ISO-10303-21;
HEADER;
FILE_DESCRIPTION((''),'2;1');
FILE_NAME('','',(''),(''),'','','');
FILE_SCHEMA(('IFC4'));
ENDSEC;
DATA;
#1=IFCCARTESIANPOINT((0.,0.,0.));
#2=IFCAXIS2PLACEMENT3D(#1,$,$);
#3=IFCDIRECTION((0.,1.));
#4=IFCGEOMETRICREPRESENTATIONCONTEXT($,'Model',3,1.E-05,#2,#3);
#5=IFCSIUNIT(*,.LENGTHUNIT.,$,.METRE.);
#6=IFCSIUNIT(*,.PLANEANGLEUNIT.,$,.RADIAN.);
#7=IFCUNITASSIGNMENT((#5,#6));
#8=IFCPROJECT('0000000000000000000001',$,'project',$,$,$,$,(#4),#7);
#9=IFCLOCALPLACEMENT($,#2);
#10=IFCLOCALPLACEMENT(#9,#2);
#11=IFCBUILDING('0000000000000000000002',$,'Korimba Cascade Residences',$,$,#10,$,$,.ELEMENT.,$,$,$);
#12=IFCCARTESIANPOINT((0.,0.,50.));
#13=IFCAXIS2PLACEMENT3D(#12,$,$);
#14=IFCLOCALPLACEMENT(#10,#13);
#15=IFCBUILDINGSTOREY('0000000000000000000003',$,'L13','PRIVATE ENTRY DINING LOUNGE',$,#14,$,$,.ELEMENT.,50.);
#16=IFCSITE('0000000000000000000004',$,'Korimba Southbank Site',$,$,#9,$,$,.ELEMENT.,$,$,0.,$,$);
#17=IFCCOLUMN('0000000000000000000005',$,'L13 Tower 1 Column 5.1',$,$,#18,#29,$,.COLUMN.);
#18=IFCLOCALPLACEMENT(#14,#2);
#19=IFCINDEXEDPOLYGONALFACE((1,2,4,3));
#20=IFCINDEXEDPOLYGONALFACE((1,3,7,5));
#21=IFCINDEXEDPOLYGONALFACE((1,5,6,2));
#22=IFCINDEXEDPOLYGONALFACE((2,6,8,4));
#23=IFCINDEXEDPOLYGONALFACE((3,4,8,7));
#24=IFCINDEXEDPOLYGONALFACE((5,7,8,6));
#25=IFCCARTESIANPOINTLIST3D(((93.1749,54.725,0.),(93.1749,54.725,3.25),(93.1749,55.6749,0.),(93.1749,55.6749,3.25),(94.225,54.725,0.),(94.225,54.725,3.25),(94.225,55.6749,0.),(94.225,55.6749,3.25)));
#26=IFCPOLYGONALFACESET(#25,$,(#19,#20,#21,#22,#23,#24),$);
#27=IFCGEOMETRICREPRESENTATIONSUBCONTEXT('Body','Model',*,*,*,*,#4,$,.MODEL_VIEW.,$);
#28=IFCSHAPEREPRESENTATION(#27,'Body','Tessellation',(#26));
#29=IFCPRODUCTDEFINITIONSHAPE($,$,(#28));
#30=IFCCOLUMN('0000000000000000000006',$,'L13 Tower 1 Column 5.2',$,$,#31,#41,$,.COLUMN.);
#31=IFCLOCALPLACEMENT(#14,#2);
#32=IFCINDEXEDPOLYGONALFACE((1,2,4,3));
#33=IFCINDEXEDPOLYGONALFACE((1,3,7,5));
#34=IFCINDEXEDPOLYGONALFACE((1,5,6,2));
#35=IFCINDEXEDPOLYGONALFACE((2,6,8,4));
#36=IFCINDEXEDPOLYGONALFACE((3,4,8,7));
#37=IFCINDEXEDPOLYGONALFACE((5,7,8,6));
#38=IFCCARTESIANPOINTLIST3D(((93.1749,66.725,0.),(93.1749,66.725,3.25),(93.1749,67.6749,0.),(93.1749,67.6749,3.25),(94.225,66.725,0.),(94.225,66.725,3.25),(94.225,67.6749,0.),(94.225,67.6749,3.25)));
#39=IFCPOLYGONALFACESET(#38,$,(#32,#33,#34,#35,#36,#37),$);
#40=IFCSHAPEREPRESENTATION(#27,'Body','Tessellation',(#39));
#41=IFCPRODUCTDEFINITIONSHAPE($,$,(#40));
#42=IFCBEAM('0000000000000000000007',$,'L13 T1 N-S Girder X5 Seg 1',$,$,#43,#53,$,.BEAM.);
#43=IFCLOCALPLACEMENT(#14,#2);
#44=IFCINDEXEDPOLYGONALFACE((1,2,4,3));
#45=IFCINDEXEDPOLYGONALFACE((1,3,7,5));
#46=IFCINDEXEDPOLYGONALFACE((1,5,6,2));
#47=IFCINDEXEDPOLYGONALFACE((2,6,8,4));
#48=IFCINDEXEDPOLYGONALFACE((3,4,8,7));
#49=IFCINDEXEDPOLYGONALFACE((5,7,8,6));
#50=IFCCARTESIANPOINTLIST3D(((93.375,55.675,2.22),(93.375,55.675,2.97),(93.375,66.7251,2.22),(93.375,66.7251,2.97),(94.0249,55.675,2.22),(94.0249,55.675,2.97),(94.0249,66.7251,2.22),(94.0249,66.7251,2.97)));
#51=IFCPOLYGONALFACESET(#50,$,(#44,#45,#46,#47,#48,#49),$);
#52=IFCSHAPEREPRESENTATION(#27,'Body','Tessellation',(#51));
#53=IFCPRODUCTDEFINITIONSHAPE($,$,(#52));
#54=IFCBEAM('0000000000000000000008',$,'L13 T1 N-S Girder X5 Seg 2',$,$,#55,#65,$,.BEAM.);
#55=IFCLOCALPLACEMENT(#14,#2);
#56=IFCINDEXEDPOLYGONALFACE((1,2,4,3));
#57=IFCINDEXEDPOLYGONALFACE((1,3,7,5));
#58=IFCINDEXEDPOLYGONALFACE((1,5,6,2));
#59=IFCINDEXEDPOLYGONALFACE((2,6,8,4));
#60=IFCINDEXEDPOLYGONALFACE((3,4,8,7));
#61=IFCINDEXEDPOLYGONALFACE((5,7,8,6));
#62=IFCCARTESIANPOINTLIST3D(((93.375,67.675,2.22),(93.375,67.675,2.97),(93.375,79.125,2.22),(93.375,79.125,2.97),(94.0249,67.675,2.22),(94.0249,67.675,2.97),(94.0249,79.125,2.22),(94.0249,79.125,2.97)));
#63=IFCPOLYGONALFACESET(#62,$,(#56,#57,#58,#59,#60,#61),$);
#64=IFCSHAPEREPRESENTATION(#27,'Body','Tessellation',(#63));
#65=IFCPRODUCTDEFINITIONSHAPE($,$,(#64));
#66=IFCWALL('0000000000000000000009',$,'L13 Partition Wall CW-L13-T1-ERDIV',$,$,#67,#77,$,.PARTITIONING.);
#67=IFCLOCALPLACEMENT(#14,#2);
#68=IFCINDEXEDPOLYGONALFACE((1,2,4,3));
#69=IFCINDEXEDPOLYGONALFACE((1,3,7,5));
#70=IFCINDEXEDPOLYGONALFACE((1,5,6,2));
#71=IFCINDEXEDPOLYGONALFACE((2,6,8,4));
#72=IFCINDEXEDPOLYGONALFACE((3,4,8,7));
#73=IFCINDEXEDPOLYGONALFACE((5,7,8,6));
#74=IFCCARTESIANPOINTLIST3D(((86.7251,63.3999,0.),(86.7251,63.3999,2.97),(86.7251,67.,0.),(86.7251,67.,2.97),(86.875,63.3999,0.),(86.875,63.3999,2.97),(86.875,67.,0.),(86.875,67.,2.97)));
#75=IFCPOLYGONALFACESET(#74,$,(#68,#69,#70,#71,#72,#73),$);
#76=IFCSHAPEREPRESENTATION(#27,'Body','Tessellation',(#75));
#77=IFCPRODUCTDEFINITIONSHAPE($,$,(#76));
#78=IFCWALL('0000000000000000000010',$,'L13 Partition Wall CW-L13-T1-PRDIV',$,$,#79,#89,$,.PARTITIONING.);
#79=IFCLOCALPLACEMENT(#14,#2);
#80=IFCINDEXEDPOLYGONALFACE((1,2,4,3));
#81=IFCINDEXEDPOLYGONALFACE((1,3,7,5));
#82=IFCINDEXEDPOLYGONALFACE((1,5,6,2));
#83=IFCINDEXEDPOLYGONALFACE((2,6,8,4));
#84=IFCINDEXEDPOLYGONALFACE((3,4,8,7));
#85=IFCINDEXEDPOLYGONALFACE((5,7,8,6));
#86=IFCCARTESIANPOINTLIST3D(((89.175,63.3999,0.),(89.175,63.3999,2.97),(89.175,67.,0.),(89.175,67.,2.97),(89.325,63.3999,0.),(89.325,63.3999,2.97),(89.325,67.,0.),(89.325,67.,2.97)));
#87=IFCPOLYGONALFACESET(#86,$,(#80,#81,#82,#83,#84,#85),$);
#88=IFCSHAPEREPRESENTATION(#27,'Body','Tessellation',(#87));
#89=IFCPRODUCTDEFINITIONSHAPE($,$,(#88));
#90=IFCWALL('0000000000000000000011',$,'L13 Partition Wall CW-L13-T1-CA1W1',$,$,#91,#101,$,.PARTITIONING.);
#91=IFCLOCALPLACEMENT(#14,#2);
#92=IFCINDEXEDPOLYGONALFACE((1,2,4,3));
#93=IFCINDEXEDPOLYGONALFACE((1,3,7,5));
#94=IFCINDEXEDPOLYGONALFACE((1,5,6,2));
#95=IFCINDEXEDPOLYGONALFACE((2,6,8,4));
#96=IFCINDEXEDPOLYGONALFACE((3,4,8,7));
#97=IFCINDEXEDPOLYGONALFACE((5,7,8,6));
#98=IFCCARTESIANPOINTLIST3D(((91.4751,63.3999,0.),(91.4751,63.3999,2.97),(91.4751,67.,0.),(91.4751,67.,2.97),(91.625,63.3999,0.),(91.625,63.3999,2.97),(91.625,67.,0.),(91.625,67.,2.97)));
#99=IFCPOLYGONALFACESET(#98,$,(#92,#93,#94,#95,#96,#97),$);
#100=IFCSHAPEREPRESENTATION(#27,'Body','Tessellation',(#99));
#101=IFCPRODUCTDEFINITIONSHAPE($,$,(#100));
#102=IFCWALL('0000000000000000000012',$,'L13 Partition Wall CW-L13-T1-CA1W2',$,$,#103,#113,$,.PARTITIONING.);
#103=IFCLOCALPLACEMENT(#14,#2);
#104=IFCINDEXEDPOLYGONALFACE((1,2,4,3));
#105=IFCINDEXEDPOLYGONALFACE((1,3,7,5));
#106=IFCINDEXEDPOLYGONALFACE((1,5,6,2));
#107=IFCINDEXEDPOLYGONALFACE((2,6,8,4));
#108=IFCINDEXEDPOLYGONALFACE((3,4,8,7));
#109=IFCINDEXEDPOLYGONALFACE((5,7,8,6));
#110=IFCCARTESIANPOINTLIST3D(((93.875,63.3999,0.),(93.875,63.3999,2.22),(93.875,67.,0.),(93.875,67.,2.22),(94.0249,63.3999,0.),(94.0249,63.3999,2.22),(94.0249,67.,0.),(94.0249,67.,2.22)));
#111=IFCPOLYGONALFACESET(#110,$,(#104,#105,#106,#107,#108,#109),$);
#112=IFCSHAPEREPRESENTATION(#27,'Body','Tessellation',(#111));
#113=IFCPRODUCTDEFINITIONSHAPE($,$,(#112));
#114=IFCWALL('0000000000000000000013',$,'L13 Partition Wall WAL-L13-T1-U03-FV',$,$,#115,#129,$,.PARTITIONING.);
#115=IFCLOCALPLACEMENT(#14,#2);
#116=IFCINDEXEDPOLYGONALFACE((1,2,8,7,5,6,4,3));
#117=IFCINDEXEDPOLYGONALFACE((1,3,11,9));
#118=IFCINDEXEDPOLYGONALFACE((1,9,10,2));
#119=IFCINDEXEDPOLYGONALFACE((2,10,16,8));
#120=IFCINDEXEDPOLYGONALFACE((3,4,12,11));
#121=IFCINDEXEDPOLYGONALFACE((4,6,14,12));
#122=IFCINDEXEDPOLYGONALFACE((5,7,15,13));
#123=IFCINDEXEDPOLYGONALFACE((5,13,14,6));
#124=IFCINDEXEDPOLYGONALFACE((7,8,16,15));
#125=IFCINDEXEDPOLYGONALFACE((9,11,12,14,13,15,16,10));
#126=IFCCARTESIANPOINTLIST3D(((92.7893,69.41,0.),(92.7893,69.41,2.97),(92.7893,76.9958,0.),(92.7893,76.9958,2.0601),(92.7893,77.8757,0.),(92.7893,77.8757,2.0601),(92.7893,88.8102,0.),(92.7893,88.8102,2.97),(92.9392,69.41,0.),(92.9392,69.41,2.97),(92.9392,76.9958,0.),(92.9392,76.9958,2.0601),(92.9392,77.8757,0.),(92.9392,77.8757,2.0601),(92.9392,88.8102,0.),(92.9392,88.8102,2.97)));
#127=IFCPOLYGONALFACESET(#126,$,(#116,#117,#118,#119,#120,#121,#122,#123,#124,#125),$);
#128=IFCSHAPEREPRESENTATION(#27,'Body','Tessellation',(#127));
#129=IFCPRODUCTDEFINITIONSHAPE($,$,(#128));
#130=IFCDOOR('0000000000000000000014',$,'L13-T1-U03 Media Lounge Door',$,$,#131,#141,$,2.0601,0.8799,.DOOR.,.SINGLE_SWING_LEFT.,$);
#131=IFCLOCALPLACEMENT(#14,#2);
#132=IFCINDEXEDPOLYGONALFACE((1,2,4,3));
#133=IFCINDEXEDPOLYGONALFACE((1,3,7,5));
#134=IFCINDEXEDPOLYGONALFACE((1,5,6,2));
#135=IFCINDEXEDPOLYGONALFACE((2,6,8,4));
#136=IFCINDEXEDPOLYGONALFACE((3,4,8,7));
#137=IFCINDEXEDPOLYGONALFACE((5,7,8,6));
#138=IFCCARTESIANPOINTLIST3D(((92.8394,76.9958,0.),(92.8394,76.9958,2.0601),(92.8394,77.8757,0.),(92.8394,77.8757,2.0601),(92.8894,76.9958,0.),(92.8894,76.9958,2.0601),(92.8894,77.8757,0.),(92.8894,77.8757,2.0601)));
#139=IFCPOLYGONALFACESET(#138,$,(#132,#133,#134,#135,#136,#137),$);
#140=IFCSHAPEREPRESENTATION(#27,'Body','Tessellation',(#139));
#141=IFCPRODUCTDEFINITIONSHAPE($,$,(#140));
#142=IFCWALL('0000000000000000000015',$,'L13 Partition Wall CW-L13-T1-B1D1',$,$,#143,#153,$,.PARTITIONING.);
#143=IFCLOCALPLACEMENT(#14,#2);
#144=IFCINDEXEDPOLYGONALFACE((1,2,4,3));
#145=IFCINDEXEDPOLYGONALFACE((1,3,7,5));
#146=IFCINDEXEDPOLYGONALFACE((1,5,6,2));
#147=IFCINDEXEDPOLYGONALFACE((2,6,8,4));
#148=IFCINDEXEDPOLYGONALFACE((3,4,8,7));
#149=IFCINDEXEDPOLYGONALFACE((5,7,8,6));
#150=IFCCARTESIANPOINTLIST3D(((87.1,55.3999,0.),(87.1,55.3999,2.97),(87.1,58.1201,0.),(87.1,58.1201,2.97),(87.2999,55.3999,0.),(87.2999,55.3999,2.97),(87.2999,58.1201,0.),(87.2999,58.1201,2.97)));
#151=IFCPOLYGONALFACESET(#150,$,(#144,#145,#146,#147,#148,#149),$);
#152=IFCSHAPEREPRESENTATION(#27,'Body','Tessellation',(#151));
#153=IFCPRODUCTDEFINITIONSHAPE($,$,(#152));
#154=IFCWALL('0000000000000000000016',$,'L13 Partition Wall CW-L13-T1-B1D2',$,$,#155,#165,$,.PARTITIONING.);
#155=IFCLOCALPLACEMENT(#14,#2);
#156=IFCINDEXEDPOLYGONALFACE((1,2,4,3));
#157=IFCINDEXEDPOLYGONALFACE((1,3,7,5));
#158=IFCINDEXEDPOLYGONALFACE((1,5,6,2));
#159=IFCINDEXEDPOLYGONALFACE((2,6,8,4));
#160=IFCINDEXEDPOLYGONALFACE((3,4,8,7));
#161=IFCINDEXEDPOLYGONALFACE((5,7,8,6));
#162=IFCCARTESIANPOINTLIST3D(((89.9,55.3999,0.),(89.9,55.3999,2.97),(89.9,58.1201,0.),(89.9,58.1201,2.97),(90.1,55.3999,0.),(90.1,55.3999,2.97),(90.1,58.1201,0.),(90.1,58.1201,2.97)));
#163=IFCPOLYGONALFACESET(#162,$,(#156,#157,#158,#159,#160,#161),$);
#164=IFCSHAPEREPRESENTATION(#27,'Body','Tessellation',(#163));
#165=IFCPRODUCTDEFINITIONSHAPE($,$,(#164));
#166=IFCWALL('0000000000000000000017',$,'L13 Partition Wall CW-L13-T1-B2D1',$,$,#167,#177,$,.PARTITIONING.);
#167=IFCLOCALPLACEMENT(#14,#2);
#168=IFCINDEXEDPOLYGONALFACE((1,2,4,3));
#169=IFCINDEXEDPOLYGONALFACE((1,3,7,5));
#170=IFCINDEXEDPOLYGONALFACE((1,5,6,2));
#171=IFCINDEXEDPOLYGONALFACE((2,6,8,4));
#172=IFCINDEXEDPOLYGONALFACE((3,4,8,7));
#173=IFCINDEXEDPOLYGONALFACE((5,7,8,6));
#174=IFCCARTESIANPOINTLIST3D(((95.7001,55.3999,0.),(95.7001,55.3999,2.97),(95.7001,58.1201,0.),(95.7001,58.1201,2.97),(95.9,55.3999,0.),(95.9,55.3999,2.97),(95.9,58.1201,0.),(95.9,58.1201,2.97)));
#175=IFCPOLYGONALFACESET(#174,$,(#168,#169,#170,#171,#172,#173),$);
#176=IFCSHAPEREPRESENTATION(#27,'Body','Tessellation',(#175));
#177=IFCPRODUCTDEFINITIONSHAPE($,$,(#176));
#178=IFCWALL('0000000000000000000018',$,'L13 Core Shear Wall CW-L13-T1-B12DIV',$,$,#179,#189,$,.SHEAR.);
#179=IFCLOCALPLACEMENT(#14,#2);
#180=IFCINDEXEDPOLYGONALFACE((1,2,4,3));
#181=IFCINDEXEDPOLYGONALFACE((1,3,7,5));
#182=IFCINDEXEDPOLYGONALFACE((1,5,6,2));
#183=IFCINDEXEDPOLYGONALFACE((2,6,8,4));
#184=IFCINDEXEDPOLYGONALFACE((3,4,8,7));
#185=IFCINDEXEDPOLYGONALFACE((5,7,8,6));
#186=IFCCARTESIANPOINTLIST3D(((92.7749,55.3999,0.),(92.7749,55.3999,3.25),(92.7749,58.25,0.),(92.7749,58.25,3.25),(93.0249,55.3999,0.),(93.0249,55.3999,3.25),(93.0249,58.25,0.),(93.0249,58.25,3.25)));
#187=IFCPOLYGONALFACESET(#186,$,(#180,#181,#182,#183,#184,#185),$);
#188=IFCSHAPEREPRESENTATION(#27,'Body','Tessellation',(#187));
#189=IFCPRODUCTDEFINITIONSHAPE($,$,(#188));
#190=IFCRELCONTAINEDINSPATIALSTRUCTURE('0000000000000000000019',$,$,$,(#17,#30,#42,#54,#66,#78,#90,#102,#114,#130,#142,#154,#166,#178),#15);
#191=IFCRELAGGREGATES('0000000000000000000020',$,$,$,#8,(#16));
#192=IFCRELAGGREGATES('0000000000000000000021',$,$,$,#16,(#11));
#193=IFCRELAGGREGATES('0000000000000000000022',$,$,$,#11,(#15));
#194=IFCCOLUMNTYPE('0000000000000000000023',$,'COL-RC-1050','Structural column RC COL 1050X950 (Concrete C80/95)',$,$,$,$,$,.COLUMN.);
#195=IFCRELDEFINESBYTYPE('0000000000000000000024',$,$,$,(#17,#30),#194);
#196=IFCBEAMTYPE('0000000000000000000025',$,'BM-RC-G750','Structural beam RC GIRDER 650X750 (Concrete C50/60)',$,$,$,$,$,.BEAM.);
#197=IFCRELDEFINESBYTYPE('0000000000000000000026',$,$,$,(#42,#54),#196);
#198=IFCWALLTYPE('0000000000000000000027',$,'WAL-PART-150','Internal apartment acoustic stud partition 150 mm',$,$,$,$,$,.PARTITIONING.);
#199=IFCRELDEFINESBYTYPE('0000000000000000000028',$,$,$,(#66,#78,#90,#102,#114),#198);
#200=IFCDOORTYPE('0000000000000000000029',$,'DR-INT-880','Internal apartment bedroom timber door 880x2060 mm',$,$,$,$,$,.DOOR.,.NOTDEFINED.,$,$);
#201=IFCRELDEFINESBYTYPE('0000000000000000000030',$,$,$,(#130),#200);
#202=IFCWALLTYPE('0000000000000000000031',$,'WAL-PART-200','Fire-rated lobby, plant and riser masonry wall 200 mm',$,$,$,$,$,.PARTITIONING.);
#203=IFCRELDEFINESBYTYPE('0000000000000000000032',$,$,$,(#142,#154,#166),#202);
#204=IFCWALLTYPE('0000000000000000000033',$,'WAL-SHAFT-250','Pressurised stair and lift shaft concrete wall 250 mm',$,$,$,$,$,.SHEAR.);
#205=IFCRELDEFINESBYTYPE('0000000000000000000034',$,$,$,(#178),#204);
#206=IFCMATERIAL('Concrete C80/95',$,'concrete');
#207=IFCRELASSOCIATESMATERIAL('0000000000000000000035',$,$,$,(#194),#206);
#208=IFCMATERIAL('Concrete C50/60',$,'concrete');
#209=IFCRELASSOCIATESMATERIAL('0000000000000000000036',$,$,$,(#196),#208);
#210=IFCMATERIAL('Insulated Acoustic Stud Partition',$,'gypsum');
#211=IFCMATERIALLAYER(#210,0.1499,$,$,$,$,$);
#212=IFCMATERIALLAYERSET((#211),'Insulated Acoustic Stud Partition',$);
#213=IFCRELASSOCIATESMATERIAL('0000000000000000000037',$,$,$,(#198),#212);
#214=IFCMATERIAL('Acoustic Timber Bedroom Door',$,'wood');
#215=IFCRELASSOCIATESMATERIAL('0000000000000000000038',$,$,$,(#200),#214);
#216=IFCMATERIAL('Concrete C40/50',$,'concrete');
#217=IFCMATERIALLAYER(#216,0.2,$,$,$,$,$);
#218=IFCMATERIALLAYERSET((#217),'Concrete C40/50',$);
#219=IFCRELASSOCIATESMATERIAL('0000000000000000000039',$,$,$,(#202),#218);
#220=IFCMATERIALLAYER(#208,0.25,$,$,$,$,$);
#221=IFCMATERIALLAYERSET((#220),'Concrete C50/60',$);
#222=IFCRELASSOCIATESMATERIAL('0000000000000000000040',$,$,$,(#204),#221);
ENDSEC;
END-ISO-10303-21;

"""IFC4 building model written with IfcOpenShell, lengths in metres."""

from ifc_helpers import new_model, si_unit, direction, frame, frame_2d, origin, origin_2d, place, context, subcontext, project, spatial, rectangle, extrude, material, layer, layer_set, material_profile, profile_set, type_object, element, fill, save


model = new_model("IFC4")

# Units and contexts
model_context = context("Model", 3, precision=1e-05, world=origin(), true_north=direction((0.0, 1.0)))
body_context = subcontext(model_context, "Body", "Model", "MODEL_VIEW")
ifc_project = project(units=[si_unit("LENGTHUNIT", "METRE"), si_unit("PLANEANGLEUNIT", "RADIAN")], contexts=[model_context])

# Site, building, storey
site_placement = place(None, origin())
site = spatial("IfcSite", under=ifc_project, at=site_placement, Name="Korimba Southbank Site", CompositionType="ELEMENT", RefElevation=0.0)
building_placement = place(site_placement, origin())
building = spatial("IfcBuilding", under=site, at=building_placement, Name="Korimba Cascade Residences", CompositionType="ELEMENT")
storey_placement = place(building_placement, frame((0.0, 0.0, 50.0)))
storey = spatial("IfcBuildingStorey", under=building, at=storey_placement, Name="L13", Description="PRIVATE ENTRY DINING LOUNGE", CompositionType="ELEMENT", Elevation=50.0)

# Columns
ifc_material_1 = material(Name="Concrete C80/95", Category="concrete")
ifc_material_profile_1 = material_profile(ifc_material_1, rectangle(XDim=1.05, YDim=0.95, at=origin_2d()), Name="Concrete C80/95")
ifc_profile_set_1 = profile_set([ifc_material_profile_1], Name="Concrete C80/95")
column_type = type_object("IfcColumnType", Name="COL-RC-1050", Description="Structural column RC COL 1050X950 (Concrete C80/95)", PredefinedType="COLUMN", material=ifc_profile_set_1)
for number, where, z_axis, x_axis, name in (
    (1, (93.7, 55.2, 0.0), (0.0, 0.0, 1.0), (1.0, 0.0, 0.0), "L13 Tower 1 Column 5.1"),
    (2, (93.7, 67.2, 0.0), (0.0, 0.0, 1.0), (1.0, 0.0, 0.0), "L13 Tower 1 Column 5.2"),
):
    element("IfcColumn", number, at=place(storey_placement, frame(where, z_axis=z_axis, x_axis=x_axis)), inside=storey, type_object=column_type, Name=name, PredefinedType="COLUMN", context=body_context, shape_type="SweptSolid", body=[
        extrude(rectangle(XDim=1.05, YDim=0.95, at=origin_2d()), origin(), (0.0, 0.0, 1.0), 3.25),
    ])

# Beams
ifc_material_2 = material(Name="Concrete C50/60", Category="concrete")
ifc_material_profile_2 = material_profile(ifc_material_2, rectangle(XDim=0.6499, YDim=0.75, at=origin_2d()), Name="Concrete C50/60")
ifc_profile_set_2 = profile_set([ifc_material_profile_2], Name="Concrete C50/60")
beam_type = type_object("IfcBeamType", Name="BM-RC-G750", Description="Structural beam RC GIRDER 650X750 (Concrete C50/60)", PredefinedType="BEAM", material=ifc_profile_set_2)
beam_1_placement = place(storey_placement, frame((93.7, 55.675, 2.595), z_axis=(0.0, 1.0, 0.0), x_axis=(-1.0, 0.0, 0.0)))
element("IfcBeam", 3, at=beam_1_placement, inside=storey, type_object=beam_type, Name="L13 T1 N-S Girder X5 Seg 1", PredefinedType="BEAM", context=body_context, shape_type="SweptSolid", body=[
    extrude(rectangle(XDim=0.6499, YDim=0.75, at=origin_2d()), origin(), (0.0, 0.0, 1.0), 11.05),
])
beam_2_placement = place(storey_placement, frame((93.7, 67.675, 2.595), z_axis=(0.0, 1.0, 0.0), x_axis=(-1.0, 0.0, 0.0)))
element("IfcBeam", 4, at=beam_2_placement, inside=storey, type_object=beam_type, Name="L13 T1 N-S Girder X5 Seg 2", PredefinedType="BEAM", context=body_context, shape_type="SweptSolid", body=[
    extrude(rectangle(XDim=0.6499, YDim=0.75, at=origin_2d()), origin(), (0.0, 0.0, 1.0), 11.45),
])

# Walls
ifc_material_3 = material(Name="Insulated Acoustic Stud Partition", Category="gypsum")
ifc_layer_1 = layer(ifc_material_3, 0.1499)
ifc_layer_set_1 = layer_set([ifc_layer_1], Name="Insulated Acoustic Stud Partition")
wall_type_1 = type_object("IfcWallType", Name="WAL-PART-150", Description="Internal apartment acoustic stud partition 150 mm", PredefinedType="PARTITIONING", material=ifc_layer_set_1)
for number, where, z_axis, x_axis, name in (
    (5, (86.8, 63.3999, 0.0), (0.0, 0.0, 1.0), (0.0, 1.0, 0.0), "L13 Partition Wall CW-L13-T1-ERDIV"),
    (6, (89.25, 63.3999, 0.0), (0.0, 0.0, 1.0), (0.0, 1.0, 0.0), "L13 Partition Wall CW-L13-T1-PRDIV"),
    (7, (91.55, 63.3999, 0.0), (0.0, 0.0, 1.0), (0.0, 1.0, 0.0), "L13 Partition Wall CW-L13-T1-CA1W1"),
):
    element("IfcWall", number, at=place(storey_placement, frame(where, z_axis=z_axis, x_axis=x_axis)), inside=storey, type_object=wall_type_1, Name=name, PredefinedType="PARTITIONING", context=body_context, shape_type="SweptSolid", body=[
        extrude(rectangle(XDim=3.6001, YDim=0.1499, at=frame_2d((1.8, 0.0))), origin(), (0.0, 0.0, 1.0), 2.97),
    ])
wall_1_placement = place(storey_placement, frame((93.95, 63.3999, 0.0), z_axis=(0.0, 0.0, 1.0), x_axis=(0.0, 1.0, 0.0)))
element("IfcWall", 8, at=wall_1_placement, inside=storey, type_object=wall_type_1, Name="L13 Partition Wall CW-L13-T1-CA1W2", PredefinedType="PARTITIONING", context=body_context, shape_type="SweptSolid", body=[
    extrude(rectangle(XDim=3.6001, YDim=0.1499, at=frame_2d((1.8, 0.0))), origin(), (0.0, 0.0, 1.0), 2.22),
])

# Wall, opening, door
wall_2_placement = place(storey_placement, frame((92.8643, 69.4099, 0.0), z_axis=(0.0, 0.0, 1.0), x_axis=(0.0, 1.0, 0.0)))
wall_2 = element("IfcWall", 9, at=wall_2_placement, inside=storey, type_object=wall_type_1, Name="L13 Partition Wall WAL-L13-T1-U03-FV", PredefinedType="PARTITIONING", context=body_context, shape_type="SweptSolid", body=[
    extrude(rectangle(XDim=19.4001, YDim=0.1499, at=frame_2d((9.7002, 0.0))), origin(), (0.0, 0.0, 1.0), 2.97),
])
opening_placement = place(wall_2_placement, frame((7.5859, 0.0, 0.0)))
opening = element("IfcOpeningElement", 10, at=opening_placement, cuts=wall_2, PredefinedType="OPENING", context=body_context, shape_type="SweptSolid", body=[
    extrude(rectangle(XDim=0.8799, YDim=2.0601, at=frame_2d((0.4399, 1.03))), frame((0.0, 0.085, 0.0), z_axis=(0.0, -1.0, 0.0), x_axis=(1.0, 0.0, 0.0)), (0.0, 0.0, 1.0), 0.1699),
])
ifc_material_4 = material(Name="Acoustic Timber Bedroom Door", Category="wood")
door_type = type_object("IfcDoorType", Name="DR-INT-880", Description="Internal apartment bedroom timber door 880x2060 mm", OperationType="NOTDEFINED", PredefinedType="DOOR", material=ifc_material_4)
door_placement = place(opening_placement, origin())
door = element("IfcDoor", 11, at=door_placement, inside=storey, type_object=door_type, Name="L13-T1-U03 Media Lounge Door", OperationType="SINGLE_SWING_LEFT", OverallHeight=2.0601, OverallWidth=0.8799, PredefinedType="DOOR", context=body_context, shape_type="SweptSolid", body=[
    extrude(rectangle(XDim=0.8799, YDim=2.0601, at=frame_2d((0.4399, 1.03))), frame((0.0, 0.0249, 0.0), z_axis=(0.0, -1.0, 0.0), x_axis=(1.0, 0.0, 0.0)), (0.0, 0.0, 1.0), 0.05),
])
fill(opening, door)

# Walls
ifc_material_5 = material(Name="Concrete C40/50", Category="concrete")
ifc_layer_2 = layer(ifc_material_5, 0.2)
ifc_layer_set_2 = layer_set([ifc_layer_2], Name="Concrete C40/50")
wall_type_2 = type_object("IfcWallType", Name="WAL-PART-200", Description="Fire-rated lobby, plant and riser masonry wall 200 mm", PredefinedType="PARTITIONING", material=ifc_layer_set_2)
for number, where, z_axis, x_axis, name in (
    (12, (87.2, 55.3999, 0.0), (0.0, 0.0, 1.0), (0.0, 1.0, 0.0), "L13 Partition Wall CW-L13-T1-B1D1"),
    (13, (90.0, 55.3999, 0.0), (0.0, 0.0, 1.0), (0.0, 1.0, 0.0), "L13 Partition Wall CW-L13-T1-B1D2"),
    (14, (95.8, 55.3999, 0.0), (0.0, 0.0, 1.0), (0.0, 1.0, 0.0), "L13 Partition Wall CW-L13-T1-B2D1"),
):
    element("IfcWall", number, at=place(storey_placement, frame(where, z_axis=z_axis, x_axis=x_axis)), inside=storey, type_object=wall_type_2, Name=name, PredefinedType="PARTITIONING", context=body_context, shape_type="SweptSolid", body=[
        extrude(rectangle(XDim=2.7202, YDim=0.2, at=frame_2d((1.3601, 0.0))), origin(), (0.0, 0.0, 1.0), 2.97),
    ])
ifc_layer_3 = layer(ifc_material_2, 0.25)
ifc_layer_set_3 = layer_set([ifc_layer_3], Name="Concrete C50/60")
wall_type_3 = type_object("IfcWallType", Name="WAL-SHAFT-250", Description="Pressurised stair and lift shaft concrete wall 250 mm", PredefinedType="SHEAR", material=ifc_layer_set_3)
wall_3_placement = place(storey_placement, frame((92.8999, 55.3999, 0.0), z_axis=(0.0, 0.0, 1.0), x_axis=(0.0, 1.0, 0.0)))
element("IfcWall", 15, at=wall_3_placement, inside=storey, type_object=wall_type_3, Name="L13 Core Shear Wall CW-L13-T1-B12DIV", PredefinedType="SHEAR", context=body_context, shape_type="SweptSolid", body=[
    extrude(rectangle(XDim=2.8501, YDim=0.25, at=frame_2d((1.425, 0.0))), origin(), (0.0, 0.0, 1.0), 3.25),
])

save(model, "model.ifc")
